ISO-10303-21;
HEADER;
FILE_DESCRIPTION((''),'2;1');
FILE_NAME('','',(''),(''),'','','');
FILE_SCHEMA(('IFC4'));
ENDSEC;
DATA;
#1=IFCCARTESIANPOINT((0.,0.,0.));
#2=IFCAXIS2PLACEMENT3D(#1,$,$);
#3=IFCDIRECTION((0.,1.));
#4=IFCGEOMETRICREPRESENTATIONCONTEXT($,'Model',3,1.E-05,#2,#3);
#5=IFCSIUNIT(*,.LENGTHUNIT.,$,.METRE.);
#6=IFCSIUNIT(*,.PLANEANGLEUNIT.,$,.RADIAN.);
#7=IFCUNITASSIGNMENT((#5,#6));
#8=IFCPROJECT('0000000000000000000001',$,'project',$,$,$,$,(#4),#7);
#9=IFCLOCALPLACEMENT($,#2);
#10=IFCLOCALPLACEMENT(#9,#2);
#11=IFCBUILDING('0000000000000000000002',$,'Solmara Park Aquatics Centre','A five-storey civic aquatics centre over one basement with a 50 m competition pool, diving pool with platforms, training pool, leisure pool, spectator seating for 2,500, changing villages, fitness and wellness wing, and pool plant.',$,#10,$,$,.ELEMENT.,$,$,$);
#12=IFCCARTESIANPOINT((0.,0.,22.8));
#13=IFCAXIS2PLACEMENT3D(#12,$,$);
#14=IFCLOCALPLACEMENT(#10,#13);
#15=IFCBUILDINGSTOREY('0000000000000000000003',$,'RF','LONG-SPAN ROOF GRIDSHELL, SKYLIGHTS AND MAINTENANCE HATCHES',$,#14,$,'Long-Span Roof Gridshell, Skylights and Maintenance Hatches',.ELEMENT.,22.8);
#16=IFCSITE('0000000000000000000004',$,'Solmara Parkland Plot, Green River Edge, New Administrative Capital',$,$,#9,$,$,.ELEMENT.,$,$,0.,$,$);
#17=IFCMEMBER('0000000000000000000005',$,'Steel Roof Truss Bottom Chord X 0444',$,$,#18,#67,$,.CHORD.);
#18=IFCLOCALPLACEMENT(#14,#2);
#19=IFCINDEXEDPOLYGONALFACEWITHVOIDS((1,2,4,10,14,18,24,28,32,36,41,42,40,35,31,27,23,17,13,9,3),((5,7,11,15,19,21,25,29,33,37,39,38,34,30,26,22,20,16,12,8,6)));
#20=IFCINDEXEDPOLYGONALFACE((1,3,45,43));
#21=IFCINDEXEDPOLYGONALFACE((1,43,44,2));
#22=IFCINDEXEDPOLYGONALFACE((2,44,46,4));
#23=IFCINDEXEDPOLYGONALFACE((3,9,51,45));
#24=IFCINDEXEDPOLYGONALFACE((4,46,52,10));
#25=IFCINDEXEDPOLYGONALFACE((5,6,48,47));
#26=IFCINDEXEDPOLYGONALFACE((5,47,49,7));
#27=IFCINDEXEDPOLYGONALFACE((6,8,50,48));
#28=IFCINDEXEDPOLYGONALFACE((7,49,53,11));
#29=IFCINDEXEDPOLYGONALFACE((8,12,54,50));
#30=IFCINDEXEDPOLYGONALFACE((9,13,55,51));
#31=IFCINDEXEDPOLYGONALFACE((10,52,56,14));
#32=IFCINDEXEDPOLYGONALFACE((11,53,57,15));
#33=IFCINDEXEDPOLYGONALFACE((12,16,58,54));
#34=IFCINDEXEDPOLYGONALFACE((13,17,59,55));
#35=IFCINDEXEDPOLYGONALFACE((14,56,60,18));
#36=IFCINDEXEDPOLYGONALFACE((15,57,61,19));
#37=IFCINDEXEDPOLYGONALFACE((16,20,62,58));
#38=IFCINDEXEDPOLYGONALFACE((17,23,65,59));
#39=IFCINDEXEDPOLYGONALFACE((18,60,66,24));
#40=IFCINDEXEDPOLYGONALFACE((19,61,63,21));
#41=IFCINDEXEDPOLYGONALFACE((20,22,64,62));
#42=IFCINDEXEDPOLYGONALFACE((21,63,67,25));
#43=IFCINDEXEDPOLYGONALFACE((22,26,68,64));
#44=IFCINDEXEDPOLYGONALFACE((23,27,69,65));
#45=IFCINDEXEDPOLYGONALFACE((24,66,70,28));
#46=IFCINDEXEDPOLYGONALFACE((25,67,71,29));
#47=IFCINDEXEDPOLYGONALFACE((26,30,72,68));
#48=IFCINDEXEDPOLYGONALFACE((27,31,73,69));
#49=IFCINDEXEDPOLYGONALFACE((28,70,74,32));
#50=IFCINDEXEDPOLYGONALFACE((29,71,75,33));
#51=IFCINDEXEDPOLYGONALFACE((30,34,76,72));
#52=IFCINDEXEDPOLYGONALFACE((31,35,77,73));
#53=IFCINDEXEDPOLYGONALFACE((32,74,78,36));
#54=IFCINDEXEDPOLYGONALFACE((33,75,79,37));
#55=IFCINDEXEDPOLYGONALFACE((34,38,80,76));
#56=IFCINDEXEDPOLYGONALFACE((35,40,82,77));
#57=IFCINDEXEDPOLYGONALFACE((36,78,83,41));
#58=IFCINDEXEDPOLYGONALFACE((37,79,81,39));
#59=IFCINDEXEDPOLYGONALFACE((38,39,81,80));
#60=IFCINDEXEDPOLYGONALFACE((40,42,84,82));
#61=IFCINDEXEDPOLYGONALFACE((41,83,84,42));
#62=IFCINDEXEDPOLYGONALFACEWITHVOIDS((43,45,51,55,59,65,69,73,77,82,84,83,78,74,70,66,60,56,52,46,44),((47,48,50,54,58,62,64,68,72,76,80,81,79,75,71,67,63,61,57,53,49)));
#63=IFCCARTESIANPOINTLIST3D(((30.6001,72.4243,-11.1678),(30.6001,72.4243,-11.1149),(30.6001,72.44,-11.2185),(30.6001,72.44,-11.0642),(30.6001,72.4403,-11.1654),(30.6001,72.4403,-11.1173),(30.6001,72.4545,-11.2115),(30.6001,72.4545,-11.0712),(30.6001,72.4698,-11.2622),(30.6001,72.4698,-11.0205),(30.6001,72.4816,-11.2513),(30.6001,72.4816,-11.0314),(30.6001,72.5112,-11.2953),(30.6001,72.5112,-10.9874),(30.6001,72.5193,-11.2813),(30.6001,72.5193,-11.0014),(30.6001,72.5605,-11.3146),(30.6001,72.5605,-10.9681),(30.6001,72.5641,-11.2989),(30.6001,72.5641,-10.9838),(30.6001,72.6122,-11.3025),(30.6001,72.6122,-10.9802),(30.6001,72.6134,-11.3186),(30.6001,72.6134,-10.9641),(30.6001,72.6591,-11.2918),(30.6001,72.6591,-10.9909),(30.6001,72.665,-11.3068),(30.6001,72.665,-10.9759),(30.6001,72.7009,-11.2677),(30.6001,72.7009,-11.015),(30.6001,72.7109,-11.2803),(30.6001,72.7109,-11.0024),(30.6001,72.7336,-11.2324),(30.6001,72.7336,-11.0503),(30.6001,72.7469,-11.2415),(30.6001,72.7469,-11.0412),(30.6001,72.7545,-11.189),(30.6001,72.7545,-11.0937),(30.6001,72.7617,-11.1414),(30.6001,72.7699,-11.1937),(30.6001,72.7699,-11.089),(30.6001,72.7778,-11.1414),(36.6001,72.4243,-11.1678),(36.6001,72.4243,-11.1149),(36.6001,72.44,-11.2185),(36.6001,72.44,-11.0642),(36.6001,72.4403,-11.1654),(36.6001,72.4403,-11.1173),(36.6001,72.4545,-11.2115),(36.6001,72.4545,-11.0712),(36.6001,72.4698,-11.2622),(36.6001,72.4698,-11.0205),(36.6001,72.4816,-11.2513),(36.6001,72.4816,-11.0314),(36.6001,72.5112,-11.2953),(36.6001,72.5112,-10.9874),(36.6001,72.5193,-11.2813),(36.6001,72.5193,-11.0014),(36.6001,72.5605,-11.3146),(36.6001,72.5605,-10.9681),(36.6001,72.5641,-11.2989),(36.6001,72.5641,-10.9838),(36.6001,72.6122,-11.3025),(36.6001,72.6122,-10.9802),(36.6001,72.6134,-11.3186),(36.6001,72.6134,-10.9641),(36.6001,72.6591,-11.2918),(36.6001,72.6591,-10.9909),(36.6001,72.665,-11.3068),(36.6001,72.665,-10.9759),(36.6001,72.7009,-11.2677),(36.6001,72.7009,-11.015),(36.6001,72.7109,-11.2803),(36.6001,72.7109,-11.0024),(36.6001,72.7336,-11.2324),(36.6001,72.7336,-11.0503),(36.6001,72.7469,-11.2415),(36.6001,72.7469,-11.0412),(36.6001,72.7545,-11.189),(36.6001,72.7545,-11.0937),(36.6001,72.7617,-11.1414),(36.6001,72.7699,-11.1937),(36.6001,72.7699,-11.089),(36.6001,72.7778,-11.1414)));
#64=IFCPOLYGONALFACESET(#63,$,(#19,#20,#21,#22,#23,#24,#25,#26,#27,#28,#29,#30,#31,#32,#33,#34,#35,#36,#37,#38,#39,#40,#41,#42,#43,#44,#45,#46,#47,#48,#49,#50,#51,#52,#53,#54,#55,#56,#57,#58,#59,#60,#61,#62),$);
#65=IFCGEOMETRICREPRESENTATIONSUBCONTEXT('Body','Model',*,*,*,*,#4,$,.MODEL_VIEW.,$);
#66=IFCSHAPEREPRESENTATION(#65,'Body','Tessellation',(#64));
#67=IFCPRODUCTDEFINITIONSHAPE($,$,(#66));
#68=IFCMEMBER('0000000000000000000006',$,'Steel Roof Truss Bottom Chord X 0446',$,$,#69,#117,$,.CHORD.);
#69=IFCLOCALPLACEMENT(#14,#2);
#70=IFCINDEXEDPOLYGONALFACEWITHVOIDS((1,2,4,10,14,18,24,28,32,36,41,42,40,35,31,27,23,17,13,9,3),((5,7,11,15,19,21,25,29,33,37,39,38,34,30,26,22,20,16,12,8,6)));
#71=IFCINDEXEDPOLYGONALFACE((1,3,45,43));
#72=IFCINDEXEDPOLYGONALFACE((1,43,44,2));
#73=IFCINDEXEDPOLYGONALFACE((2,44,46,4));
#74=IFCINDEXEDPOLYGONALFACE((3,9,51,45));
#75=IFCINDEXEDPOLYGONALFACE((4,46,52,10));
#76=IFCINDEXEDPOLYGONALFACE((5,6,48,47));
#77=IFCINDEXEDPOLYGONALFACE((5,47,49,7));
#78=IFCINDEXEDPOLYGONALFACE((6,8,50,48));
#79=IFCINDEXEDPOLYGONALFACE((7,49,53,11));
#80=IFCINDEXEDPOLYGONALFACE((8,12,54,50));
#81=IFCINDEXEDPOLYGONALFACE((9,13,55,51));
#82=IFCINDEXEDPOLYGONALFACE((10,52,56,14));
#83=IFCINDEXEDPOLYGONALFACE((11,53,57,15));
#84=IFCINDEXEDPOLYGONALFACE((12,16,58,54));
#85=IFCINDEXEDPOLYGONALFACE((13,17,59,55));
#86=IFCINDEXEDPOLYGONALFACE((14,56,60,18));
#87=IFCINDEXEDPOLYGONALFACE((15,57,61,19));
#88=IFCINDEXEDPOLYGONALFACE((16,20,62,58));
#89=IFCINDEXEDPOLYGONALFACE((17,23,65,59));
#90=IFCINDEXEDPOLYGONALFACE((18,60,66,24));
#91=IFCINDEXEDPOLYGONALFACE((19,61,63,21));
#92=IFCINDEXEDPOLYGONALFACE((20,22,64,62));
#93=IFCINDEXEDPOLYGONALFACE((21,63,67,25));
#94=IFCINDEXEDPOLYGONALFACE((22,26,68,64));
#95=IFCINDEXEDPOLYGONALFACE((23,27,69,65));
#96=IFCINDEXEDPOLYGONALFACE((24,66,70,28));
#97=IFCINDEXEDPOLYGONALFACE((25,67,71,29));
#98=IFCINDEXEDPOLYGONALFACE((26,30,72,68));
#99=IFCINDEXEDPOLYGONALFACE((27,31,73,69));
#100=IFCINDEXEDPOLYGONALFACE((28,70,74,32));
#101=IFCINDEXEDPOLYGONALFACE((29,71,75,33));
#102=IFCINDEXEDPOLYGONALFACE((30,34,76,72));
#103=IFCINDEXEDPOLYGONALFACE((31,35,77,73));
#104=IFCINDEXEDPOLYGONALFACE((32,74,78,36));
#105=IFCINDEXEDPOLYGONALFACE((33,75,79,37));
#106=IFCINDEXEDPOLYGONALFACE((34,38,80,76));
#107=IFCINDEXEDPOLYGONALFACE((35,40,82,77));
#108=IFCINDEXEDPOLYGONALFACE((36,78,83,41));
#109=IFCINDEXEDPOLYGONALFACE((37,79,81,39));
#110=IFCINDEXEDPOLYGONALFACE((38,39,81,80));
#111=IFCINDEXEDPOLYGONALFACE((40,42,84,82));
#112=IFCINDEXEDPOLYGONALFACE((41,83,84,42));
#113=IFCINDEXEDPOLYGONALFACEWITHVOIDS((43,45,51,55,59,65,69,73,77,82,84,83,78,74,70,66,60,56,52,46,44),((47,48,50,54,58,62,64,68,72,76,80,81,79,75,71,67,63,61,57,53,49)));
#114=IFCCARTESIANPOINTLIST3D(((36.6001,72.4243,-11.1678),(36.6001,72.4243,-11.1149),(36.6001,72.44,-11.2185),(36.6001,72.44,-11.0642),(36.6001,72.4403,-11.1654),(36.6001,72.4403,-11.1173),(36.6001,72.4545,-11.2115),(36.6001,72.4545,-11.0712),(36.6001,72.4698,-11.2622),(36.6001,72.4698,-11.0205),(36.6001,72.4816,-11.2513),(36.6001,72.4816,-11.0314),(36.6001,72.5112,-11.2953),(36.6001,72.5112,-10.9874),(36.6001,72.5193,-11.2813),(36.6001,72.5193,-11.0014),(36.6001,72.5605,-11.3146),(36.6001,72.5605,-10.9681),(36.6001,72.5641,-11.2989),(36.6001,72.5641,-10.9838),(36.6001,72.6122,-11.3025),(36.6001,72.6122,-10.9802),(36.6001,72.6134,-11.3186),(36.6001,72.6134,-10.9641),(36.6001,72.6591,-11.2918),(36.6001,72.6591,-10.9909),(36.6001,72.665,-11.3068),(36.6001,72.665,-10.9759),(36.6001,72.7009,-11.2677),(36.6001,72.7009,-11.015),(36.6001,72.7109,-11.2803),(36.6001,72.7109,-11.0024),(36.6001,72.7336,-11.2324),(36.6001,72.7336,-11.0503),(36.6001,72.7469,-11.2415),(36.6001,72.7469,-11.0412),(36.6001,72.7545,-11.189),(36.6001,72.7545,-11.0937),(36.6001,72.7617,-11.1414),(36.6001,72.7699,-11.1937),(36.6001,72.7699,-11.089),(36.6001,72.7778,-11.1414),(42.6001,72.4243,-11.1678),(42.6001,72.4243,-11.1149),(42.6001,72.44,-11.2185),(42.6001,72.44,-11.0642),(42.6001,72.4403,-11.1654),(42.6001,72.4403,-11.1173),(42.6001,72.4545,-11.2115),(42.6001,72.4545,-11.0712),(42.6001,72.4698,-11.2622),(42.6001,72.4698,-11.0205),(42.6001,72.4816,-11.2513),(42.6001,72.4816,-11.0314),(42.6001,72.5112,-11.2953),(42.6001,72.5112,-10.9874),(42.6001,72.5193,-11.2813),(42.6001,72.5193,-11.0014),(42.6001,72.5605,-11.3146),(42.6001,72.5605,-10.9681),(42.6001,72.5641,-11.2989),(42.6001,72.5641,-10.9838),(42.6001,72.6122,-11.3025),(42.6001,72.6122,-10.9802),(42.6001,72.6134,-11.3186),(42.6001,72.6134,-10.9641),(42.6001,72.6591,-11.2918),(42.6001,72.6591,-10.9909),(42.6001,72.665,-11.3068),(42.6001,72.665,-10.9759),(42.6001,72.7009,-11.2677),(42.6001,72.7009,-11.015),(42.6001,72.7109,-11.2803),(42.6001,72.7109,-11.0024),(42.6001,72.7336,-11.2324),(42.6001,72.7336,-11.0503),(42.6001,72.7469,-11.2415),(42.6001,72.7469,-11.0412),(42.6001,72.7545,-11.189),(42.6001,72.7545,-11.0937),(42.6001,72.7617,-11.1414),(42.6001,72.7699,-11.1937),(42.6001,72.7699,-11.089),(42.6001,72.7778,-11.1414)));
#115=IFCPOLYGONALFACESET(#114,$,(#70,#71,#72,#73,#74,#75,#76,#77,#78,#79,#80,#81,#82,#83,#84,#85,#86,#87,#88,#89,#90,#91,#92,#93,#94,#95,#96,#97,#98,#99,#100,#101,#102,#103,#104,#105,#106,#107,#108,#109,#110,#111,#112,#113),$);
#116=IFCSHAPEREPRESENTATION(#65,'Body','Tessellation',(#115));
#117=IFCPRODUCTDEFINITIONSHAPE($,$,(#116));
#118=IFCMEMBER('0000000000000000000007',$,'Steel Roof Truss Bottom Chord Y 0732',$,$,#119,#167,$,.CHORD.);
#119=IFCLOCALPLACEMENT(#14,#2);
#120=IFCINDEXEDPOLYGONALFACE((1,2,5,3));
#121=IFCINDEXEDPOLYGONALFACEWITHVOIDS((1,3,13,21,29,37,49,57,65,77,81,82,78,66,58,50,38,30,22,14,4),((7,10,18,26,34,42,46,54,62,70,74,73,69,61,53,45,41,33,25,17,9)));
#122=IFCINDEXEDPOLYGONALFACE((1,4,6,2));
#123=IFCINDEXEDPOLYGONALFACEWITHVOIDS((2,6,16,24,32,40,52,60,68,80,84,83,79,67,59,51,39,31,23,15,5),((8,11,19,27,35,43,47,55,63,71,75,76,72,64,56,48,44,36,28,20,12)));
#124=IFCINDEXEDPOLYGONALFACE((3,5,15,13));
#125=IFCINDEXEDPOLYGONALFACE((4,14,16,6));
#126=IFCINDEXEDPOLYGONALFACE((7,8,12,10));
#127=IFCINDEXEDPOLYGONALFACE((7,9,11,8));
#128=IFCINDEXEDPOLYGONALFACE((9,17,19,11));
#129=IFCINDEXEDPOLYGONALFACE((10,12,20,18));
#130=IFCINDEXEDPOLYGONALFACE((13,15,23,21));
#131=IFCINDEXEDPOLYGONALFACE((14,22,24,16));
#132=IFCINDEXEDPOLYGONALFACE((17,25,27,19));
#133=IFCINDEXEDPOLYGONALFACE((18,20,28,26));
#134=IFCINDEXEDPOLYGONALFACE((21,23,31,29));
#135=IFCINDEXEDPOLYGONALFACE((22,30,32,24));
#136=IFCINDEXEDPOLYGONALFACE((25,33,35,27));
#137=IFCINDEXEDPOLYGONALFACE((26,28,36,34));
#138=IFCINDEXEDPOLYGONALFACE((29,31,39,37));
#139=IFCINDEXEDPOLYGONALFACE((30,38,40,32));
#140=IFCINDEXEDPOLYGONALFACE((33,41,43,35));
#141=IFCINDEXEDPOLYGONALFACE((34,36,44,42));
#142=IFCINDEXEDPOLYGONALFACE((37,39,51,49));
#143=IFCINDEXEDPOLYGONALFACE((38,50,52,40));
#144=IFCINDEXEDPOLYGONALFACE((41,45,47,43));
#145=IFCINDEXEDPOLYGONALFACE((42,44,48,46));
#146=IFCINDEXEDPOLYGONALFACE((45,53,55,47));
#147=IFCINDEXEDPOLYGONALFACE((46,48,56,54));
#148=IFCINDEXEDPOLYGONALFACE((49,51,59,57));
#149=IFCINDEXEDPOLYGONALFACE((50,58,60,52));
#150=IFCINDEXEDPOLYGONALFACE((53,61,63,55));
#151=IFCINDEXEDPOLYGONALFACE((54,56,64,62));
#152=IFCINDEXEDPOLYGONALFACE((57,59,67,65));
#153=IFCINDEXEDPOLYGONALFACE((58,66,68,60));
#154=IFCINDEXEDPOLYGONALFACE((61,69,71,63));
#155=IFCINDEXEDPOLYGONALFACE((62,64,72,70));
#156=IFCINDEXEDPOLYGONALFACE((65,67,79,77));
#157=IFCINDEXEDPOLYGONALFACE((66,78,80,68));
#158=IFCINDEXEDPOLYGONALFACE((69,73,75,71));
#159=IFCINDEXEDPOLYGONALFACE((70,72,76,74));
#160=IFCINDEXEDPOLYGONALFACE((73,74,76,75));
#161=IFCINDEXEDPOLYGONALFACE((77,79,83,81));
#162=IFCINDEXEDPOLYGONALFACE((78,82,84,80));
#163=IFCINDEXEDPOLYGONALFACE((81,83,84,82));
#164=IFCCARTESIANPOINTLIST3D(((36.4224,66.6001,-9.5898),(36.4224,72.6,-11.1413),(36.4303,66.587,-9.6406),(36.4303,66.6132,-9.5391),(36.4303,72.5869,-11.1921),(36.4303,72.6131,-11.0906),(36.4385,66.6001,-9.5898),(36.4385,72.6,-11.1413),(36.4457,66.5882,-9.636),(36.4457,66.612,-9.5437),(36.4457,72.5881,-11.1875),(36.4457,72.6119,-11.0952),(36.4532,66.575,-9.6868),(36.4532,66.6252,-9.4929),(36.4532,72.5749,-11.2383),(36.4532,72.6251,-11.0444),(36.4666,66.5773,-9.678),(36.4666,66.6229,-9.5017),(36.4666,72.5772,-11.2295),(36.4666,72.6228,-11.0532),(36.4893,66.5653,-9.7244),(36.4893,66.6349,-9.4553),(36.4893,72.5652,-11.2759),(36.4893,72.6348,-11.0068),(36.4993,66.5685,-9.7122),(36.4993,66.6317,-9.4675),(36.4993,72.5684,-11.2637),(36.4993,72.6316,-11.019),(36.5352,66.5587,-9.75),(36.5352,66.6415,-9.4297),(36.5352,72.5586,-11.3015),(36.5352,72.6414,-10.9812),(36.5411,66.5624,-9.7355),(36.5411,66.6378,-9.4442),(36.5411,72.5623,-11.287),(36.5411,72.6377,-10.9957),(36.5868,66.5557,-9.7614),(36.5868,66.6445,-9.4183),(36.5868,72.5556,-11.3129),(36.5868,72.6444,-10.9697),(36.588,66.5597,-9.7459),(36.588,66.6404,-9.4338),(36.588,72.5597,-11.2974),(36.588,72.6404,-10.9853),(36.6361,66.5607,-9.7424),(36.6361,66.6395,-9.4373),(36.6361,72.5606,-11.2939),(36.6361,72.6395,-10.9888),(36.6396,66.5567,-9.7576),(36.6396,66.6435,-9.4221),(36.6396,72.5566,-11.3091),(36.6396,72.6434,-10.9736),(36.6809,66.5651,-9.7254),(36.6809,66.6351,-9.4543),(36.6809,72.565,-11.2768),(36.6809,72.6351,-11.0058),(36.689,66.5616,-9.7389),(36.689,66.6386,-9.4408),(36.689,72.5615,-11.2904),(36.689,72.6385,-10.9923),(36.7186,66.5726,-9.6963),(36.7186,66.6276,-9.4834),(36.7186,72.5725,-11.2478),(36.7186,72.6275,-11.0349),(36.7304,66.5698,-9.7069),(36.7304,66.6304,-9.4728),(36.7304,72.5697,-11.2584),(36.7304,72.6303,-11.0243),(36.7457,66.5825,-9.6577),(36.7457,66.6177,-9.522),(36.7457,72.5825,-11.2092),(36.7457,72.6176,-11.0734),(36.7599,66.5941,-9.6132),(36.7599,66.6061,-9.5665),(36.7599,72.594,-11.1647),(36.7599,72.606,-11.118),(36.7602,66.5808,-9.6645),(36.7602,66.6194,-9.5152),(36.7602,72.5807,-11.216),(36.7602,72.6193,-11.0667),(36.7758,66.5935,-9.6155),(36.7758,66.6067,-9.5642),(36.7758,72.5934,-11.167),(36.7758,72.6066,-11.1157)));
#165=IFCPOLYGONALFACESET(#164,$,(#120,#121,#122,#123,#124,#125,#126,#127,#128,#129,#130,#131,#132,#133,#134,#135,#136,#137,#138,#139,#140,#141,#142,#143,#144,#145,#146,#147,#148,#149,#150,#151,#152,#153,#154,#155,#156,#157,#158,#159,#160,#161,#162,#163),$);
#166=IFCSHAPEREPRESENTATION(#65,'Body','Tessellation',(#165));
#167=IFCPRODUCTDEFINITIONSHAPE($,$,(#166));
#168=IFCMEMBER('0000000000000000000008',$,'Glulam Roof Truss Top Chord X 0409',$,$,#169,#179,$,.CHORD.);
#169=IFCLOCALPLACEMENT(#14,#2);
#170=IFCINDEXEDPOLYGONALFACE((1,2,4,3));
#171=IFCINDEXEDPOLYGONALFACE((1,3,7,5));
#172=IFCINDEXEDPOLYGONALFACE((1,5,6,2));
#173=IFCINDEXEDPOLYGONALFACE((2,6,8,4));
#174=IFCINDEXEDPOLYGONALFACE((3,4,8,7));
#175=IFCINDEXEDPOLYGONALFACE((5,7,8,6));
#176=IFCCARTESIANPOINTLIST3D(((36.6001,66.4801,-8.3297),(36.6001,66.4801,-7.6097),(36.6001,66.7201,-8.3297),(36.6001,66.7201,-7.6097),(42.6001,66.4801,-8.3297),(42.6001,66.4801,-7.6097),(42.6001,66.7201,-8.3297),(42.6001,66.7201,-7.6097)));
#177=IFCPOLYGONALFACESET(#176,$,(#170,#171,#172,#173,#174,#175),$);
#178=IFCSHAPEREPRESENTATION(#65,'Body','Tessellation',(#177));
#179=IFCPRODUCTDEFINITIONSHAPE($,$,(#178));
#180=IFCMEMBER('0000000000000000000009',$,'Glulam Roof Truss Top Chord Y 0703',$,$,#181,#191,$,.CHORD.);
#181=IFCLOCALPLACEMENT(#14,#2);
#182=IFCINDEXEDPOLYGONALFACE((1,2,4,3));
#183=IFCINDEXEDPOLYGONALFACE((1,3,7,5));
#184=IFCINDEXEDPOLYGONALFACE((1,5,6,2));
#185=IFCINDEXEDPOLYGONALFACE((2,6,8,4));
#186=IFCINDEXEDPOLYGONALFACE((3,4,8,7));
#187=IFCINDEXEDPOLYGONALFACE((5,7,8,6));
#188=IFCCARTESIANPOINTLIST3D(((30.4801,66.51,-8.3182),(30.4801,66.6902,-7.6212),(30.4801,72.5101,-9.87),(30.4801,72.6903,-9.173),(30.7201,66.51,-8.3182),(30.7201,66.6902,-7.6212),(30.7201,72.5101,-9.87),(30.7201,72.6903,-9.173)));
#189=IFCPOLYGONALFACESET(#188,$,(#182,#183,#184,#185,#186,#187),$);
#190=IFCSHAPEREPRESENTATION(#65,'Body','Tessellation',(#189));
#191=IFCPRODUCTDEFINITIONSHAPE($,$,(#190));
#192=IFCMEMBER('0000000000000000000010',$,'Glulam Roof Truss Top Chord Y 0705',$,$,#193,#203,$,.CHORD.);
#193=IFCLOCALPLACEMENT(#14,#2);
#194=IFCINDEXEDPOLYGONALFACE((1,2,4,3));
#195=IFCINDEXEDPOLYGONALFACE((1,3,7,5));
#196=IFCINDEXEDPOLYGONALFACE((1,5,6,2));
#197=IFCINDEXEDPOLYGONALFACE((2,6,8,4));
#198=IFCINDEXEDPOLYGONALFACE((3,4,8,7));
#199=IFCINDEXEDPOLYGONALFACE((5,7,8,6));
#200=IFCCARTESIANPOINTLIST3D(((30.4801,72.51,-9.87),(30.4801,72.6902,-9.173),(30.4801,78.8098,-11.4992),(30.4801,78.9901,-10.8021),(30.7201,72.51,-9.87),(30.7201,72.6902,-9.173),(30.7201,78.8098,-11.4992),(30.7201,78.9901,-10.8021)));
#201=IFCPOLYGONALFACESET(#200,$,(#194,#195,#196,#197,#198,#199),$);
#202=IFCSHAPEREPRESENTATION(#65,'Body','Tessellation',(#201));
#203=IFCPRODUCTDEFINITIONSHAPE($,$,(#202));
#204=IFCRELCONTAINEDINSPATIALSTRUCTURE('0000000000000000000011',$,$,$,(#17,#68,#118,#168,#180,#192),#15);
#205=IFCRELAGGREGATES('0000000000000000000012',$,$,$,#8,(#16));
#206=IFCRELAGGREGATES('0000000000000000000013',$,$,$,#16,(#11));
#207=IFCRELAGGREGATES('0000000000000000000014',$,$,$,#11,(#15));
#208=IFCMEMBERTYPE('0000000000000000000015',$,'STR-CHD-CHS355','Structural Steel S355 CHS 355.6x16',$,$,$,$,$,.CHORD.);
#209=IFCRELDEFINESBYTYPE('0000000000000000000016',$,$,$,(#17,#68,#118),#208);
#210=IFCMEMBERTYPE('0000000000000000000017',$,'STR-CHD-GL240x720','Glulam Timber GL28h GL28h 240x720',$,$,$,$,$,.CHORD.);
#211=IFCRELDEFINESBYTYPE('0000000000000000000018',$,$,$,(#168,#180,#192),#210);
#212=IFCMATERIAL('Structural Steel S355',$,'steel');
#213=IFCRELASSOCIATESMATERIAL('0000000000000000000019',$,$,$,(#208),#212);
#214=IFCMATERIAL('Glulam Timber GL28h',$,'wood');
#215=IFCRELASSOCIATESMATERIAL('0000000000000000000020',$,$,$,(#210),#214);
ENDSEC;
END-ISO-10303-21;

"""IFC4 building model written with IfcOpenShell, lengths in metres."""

from ifc_helpers import new_model, si_unit, direction, frame, origin, origin_2d, place, context, subcontext, project, spatial, rectangle, hollow_circle, extrude, material, material_profile, profile_set, type_object, element, save


model = new_model("IFC4")

# Units and contexts
model_context = context("Model", 3, precision=1e-05, world=origin(), true_north=direction((0.0, 1.0)))
body_context = subcontext(model_context, "Body", "Model", "MODEL_VIEW")
ifc_project = project(units=[si_unit("LENGTHUNIT", "METRE"), si_unit("PLANEANGLEUNIT", "RADIAN")], contexts=[model_context])

# Site, building, storey
site_placement = place(None, origin())
site = spatial("IfcSite", under=ifc_project, at=site_placement, Name="Solmara Parkland Plot, Green River Edge, New Administrative Capital", CompositionType="ELEMENT", RefElevation=0.0)
building_placement = place(site_placement, origin())
building = spatial("IfcBuilding", under=site, at=building_placement, Name="Solmara Park Aquatics Centre", Description="A five-storey civic aquatics centre over one basement with a 50 m competition pool, diving pool with platforms, training pool, leisure pool, spectator seating for 2,500, changing villages, fitness and wellness wing, and pool plant.", CompositionType="ELEMENT")
storey_placement = place(building_placement, frame((0.0, 0.0, 22.8)))
storey = spatial("IfcBuildingStorey", under=building, at=storey_placement, Name="RF", Description="LONG-SPAN ROOF GRIDSHELL, SKYLIGHTS AND MAINTENANCE HATCHES", LongName="Long-Span Roof Gridshell, Skylights and Maintenance Hatches", CompositionType="ELEMENT", Elevation=22.8)

# Members
ifc_material_1 = material(Name="Structural Steel S355", Category="steel")
ifc_material_profile_1 = material_profile(ifc_material_1, hollow_circle(Radius=0.1777, WallThickness=0.0161, at=origin_2d()), Name="CHS 355.6x16")
ifc_profile_set_1 = profile_set([ifc_material_profile_1], Name="Structural Steel S355")
member_type_1 = type_object("IfcMemberType", Name="STR-CHD-CHS355", Description="Structural Steel S355 CHS 355.6x16", PredefinedType="CHORD", material=ifc_profile_set_1)
for number, where, z_axis, x_axis, name in (
    (1, (30.6001, 72.6001, -11.1414), (1.0, 0.0, 0.0), (0.0, 1.0, 0.0), "Steel Roof Truss Bottom Chord X 0444"),
    (2, (36.6001, 72.6001, -11.1414), (1.0, 0.0, 0.0), (0.0, 1.0, 0.0), "Steel Roof Truss Bottom Chord X 0446"),
):
    element("IfcMember", number, at=place(storey_placement, frame(where, z_axis=z_axis, x_axis=x_axis)), inside=storey, type_object=member_type_1, Name=name, PredefinedType="CHORD", context=body_context, shape_type="SweptSolid", body=[
        extrude(hollow_circle(Radius=0.1777, WallThickness=0.0161, at=origin_2d()), origin(), (0.0, 0.0, 1.0), 6.0),
    ])
member_1_placement = place(storey_placement, frame((36.6001, 66.6001, -9.5898), z_axis=(0.0, 0.968155, -0.250351), x_axis=(-1.0, 0.0, 0.0)))
element("IfcMember", 3, at=member_1_placement, inside=storey, type_object=member_type_1, Name="Steel Roof Truss Bottom Chord Y 0732", PredefinedType="CHORD", context=body_context, shape_type="SweptSolid", body=[
    extrude(hollow_circle(Radius=0.1777, WallThickness=0.0161, at=origin_2d()), origin(), (0.0, 0.0, 1.0), 6.1973),
])
ifc_material_2 = material(Name="Glulam Timber GL28h", Category="wood")
ifc_material_profile_2 = material_profile(ifc_material_2, rectangle(XDim=0.24, YDim=0.72, at=origin_2d()), Name="GL28h 240x720")
ifc_profile_set_2 = profile_set([ifc_material_profile_2], Name="Glulam Timber GL28h")
member_type_2 = type_object("IfcMemberType", Name="STR-CHD-GL240x720", Description="Glulam Timber GL28h GL28h 240x720", PredefinedType="CHORD", material=ifc_profile_set_2)
member_2_placement = place(storey_placement, frame((36.6001, 66.6001, -7.9697), z_axis=(1.0, 0.0, 0.0), x_axis=(0.0, 1.0, 0.0)))
element("IfcMember", 4, at=member_2_placement, inside=storey, type_object=member_type_2, Name="Glulam Roof Truss Top Chord X 0409", PredefinedType="CHORD", context=body_context, shape_type="SweptSolid", body=[
    extrude(rectangle(XDim=0.24, YDim=0.72, at=origin_2d()), origin(), (0.0, 0.0, 1.0), 6.0),
])
member_3_placement = place(storey_placement, frame((30.6001, 66.6001, -7.9697), z_axis=(0.0, 0.968146, -0.250388), x_axis=(-1.0, 0.0, 0.0)))
element("IfcMember", 5, at=member_3_placement, inside=storey, type_object=member_type_2, Name="Glulam Roof Truss Top Chord Y 0703", PredefinedType="CHORD", context=body_context, shape_type="SweptSolid", body=[
    extrude(rectangle(XDim=0.24, YDim=0.72, at=origin_2d()), origin(), (0.0, 0.0, 1.0), 6.1975),
])
member_4_placement = place(storey_placement, frame((30.6001, 72.6001, -9.5215), z_axis=(0.0, 0.968151, -0.250367), x_axis=(-1.0, 0.0, 0.0)))
element("IfcMember", 6, at=member_4_placement, inside=storey, type_object=member_type_2, Name="Glulam Roof Truss Top Chord Y 0705", PredefinedType="CHORD", context=body_context, shape_type="SweptSolid", body=[
    extrude(rectangle(XDim=0.24, YDim=0.72, at=origin_2d()), origin(), (0.0, 0.0, 1.0), 6.5071),
])

save(model, "model.ifc")
